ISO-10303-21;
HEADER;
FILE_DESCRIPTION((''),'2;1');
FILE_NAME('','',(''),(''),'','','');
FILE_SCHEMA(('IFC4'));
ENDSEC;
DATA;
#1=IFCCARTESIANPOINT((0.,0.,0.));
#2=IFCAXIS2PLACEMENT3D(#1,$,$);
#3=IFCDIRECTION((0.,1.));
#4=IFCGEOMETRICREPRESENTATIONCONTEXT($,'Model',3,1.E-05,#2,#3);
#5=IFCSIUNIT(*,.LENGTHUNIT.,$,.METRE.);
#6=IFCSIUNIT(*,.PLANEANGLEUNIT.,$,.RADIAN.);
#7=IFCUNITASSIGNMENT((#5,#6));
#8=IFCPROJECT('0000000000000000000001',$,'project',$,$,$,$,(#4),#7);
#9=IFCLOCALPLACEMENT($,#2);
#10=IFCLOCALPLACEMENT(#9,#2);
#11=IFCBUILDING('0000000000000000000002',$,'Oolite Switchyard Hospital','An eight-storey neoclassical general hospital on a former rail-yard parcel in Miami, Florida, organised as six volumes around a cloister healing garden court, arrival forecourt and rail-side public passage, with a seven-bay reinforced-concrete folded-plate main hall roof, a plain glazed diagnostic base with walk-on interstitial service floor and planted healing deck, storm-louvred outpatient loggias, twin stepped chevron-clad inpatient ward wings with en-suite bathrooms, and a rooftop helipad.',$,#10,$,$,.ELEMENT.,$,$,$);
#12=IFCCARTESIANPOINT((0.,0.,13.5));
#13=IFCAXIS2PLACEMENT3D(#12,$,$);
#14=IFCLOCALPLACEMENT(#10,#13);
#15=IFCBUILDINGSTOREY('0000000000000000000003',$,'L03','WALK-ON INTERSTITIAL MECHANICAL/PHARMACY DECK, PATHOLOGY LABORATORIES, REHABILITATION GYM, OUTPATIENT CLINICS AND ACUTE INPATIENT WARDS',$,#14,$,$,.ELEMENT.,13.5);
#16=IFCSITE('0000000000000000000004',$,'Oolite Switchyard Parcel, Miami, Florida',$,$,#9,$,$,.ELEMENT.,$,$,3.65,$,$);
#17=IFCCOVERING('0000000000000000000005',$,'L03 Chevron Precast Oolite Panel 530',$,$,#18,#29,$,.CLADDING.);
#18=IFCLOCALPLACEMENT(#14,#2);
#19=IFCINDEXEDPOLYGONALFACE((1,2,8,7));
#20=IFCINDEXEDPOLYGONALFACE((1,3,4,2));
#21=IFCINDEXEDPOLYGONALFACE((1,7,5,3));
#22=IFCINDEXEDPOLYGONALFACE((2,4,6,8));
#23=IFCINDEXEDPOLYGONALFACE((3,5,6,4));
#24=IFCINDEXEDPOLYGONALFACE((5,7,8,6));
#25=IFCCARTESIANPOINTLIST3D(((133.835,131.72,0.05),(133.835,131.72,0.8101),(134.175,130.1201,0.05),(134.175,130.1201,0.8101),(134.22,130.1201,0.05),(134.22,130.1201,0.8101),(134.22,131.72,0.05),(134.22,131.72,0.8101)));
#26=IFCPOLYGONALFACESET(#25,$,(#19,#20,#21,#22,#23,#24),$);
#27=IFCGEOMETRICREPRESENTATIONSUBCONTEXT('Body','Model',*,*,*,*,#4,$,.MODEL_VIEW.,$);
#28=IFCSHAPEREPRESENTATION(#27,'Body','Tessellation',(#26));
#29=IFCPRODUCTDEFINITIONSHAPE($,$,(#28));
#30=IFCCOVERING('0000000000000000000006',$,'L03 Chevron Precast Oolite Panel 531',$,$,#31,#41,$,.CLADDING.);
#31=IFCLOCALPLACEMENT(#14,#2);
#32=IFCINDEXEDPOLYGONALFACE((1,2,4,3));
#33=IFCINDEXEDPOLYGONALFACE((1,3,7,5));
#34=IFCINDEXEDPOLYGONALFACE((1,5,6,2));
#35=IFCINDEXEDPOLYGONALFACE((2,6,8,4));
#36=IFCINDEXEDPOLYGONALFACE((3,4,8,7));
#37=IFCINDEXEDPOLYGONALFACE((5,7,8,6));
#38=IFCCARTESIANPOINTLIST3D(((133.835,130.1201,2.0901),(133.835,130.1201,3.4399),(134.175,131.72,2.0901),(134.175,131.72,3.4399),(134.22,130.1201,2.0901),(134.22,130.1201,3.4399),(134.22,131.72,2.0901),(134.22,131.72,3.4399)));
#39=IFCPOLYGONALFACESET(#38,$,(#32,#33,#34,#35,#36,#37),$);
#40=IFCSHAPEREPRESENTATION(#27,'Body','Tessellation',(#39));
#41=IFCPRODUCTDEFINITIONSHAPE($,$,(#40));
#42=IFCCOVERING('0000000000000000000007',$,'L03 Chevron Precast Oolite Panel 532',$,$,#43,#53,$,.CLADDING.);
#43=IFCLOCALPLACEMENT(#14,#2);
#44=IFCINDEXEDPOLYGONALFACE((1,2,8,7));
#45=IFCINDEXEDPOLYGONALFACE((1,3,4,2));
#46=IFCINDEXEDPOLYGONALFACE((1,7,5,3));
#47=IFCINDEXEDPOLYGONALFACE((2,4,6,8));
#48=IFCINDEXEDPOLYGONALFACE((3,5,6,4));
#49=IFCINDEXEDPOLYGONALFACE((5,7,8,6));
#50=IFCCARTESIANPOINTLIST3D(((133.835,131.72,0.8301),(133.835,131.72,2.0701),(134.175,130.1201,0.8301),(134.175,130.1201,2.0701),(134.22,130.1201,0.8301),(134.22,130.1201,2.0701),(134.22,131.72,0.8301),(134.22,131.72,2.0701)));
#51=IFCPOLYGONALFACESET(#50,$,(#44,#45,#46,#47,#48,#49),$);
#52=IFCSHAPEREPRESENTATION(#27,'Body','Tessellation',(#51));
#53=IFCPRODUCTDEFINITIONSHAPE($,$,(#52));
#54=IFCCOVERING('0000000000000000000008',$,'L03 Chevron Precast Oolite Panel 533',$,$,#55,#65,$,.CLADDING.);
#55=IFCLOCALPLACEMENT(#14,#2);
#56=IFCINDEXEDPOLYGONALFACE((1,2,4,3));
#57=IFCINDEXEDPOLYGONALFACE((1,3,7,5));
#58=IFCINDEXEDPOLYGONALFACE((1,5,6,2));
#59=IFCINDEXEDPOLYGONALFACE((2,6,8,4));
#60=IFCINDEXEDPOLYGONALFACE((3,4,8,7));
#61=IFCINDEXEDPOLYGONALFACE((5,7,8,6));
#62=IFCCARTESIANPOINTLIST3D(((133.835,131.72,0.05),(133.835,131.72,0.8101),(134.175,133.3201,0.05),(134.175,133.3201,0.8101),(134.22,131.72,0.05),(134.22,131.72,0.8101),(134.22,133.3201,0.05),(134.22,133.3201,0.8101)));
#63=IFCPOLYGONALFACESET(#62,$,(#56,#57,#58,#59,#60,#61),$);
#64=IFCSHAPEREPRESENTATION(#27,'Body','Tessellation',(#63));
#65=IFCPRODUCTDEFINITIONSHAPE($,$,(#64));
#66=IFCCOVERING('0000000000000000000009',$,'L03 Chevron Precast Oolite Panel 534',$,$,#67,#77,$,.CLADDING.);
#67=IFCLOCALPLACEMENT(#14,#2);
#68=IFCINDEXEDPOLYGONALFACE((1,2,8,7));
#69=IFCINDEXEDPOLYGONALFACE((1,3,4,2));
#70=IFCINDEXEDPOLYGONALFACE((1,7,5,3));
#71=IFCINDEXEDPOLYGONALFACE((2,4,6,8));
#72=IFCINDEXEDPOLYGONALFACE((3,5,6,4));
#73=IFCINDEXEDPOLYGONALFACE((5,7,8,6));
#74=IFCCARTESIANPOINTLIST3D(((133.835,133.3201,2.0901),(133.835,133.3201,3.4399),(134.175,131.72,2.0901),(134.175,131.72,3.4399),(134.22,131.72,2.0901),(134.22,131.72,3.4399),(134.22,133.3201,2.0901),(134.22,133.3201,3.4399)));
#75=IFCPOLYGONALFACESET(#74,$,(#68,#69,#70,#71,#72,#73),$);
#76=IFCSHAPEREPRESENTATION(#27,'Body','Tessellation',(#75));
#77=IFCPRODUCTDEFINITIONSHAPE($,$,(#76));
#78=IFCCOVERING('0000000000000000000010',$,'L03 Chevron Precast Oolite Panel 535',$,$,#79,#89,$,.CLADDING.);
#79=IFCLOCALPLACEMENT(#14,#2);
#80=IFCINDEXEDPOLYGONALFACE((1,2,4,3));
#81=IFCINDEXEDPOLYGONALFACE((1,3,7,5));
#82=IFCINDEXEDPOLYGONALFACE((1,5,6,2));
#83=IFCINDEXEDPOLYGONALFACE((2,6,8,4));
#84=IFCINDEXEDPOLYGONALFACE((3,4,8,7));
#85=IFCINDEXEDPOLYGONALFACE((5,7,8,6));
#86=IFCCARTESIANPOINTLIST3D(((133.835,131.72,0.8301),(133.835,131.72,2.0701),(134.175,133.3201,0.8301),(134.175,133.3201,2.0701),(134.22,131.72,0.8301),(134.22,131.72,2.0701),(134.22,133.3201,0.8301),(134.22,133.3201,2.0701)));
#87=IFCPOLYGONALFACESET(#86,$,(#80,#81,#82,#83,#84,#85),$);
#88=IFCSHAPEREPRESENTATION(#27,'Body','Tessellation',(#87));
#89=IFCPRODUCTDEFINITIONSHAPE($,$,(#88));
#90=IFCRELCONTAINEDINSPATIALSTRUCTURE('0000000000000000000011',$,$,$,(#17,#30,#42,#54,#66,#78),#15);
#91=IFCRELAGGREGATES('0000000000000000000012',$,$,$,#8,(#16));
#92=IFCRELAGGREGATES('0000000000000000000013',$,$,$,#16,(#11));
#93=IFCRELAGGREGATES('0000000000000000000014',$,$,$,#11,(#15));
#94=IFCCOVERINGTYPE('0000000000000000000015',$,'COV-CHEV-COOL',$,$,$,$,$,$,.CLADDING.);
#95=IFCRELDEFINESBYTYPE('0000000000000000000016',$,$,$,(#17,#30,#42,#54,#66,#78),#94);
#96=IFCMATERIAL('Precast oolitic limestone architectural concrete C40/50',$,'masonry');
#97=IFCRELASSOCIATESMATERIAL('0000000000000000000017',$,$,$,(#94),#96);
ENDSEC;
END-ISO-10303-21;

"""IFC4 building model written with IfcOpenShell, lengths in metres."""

from ifc_helpers import new_model, si_unit, direction, frame, origin, place, context, subcontext, project, spatial, polyline, outline, extrude, material, type_object, element, save


model = new_model("IFC4")

# Units and contexts
model_context = context("Model", 3, precision=1e-05, world=origin(), true_north=direction((0.0, 1.0)))
body_context = subcontext(model_context, "Body", "Model", "MODEL_VIEW")
ifc_project = project(units=[si_unit("LENGTHUNIT", "METRE"), si_unit("PLANEANGLEUNIT", "RADIAN")], contexts=[model_context])

# Site, building, storey
site_placement = place(None, origin())
site = spatial("IfcSite", under=ifc_project, at=site_placement, Name="Oolite Switchyard Parcel, Miami, Florida", CompositionType="ELEMENT", RefElevation=3.65)
building_placement = place(site_placement, origin())
building = spatial("IfcBuilding", under=site, at=building_placement, Name="Oolite Switchyard Hospital", Description="An eight-storey neoclassical general hospital on a former rail-yard parcel in Miami, Florida, organised as six volumes around a cloister healing garden court, arrival forecourt and rail-side public passage, with a seven-bay reinforced-concrete folded-plate main hall roof, a plain glazed diagnostic base with walk-on interstitial service floor and planted healing deck, storm-louvred outpatient loggias, twin stepped chevron-clad inpatient ward wings with en-suite bathrooms, and a rooftop helipad.", CompositionType="ELEMENT")
storey_placement = place(building_placement, frame((0.0, 0.0, 13.5)))
storey = spatial("IfcBuildingStorey", under=building, at=storey_placement, Name="L03", Description="WALK-ON INTERSTITIAL MECHANICAL/PHARMACY DECK, PATHOLOGY LABORATORIES, REHABILITATION GYM, OUTPATIENT CLINICS AND ACUTE INPATIENT WARDS", CompositionType="ELEMENT", Elevation=13.5)

# Shared definitions
ifc_material_1 = material(Name="Precast oolitic limestone architectural concrete C40/50", Category="masonry")

# Coverings
covering_type = type_object("IfcCoveringType", Name="COV-CHEV-COOL", PredefinedType="CLADDING", material=ifc_material_1)
covering_1_placement = place(storey_placement, frame((134.22, 130.1201, 0.05), z_axis=(0.0, 0.0, 1.0), x_axis=(0.0, 1.0, 0.0)))
element("IfcCovering", 1, at=covering_1_placement, inside=storey, type_object=covering_type, Name="L03 Chevron Precast Oolite Panel 530", PredefinedType="CLADDING", context=body_context, shape_type="SweptSolid", body=[
    extrude(outline(polyline([(0.0, 0.0), (1.5999, 0.0), (1.5999, 0.385), (0.0, 0.0449), (0.0, 0.0)])), origin(), (0.0, 0.0, 1.0), 0.76),
])
covering_2_placement = place(storey_placement, frame((134.22, 130.1201, 2.0901), z_axis=(0.0, 0.0, 1.0), x_axis=(0.0, 1.0, 0.0)))
element("IfcCovering", 2, at=covering_2_placement, inside=storey, type_object=covering_type, Name="L03 Chevron Precast Oolite Panel 531", PredefinedType="CLADDING", context=body_context, shape_type="SweptSolid", body=[
    extrude(outline(polyline([(0.0, 0.0), (1.5999, 0.0), (1.5999, 0.0449), (0.0, 0.385), (0.0, 0.0)])), origin(), (0.0, 0.0, 1.0), 1.3499),
])
covering_3_placement = place(storey_placement, frame((134.22, 130.1201, 0.8301), z_axis=(0.0, 0.0, 1.0), x_axis=(0.0, 1.0, 0.0)))
element("IfcCovering", 3, at=covering_3_placement, inside=storey, type_object=covering_type, Name="L03 Chevron Precast Oolite Panel 532", PredefinedType="CLADDING", context=body_context, shape_type="SweptSolid", body=[
    extrude(outline(polyline([(0.0, 0.0), (1.5999, 0.0), (1.5999, 0.385), (0.0, 0.0449), (0.0, 0.0)])), origin(), (0.0, 0.0, 1.0), 1.24),
])
covering_4_placement = place(storey_placement, frame((134.22, 131.72, 0.05), z_axis=(0.0, 0.0, 1.0), x_axis=(0.0, 1.0, 0.0)))
element("IfcCovering", 4, at=covering_4_placement, inside=storey, type_object=covering_type, Name="L03 Chevron Precast Oolite Panel 533", PredefinedType="CLADDING", context=body_context, shape_type="SweptSolid", body=[
    extrude(outline(polyline([(0.0, 0.0), (1.6001, 0.0), (1.6001, 0.0449), (0.0, 0.385), (0.0, 0.0)])), origin(), (0.0, 0.0, 1.0), 0.76),
])
covering_5_placement = place(storey_placement, frame((134.22, 131.72, 2.0901), z_axis=(0.0, 0.0, 1.0), x_axis=(0.0, 1.0, 0.0)))
element("IfcCovering", 5, at=covering_5_placement, inside=storey, type_object=covering_type, Name="L03 Chevron Precast Oolite Panel 534", PredefinedType="CLADDING", context=body_context, shape_type="SweptSolid", body=[
    extrude(outline(polyline([(0.0, 0.0), (1.6001, 0.0), (1.6001, 0.385), (0.0, 0.0449), (0.0, 0.0)])), origin(), (0.0, 0.0, 1.0), 1.3499),
])
covering_6_placement = place(storey_placement, frame((134.22, 131.72, 0.8301), z_axis=(0.0, 0.0, 1.0), x_axis=(0.0, 1.0, 0.0)))
element("IfcCovering", 6, at=covering_6_placement, inside=storey, type_object=covering_type, Name="L03 Chevron Precast Oolite Panel 535", PredefinedType="CLADDING", context=body_context, shape_type="SweptSolid", body=[
    extrude(outline(polyline([(0.0, 0.0), (1.6001, 0.0), (1.6001, 0.0449), (0.0, 0.385), (0.0, 0.0)])), origin(), (0.0, 0.0, 1.0), 1.24),
])

save(model, "model.ifc")
